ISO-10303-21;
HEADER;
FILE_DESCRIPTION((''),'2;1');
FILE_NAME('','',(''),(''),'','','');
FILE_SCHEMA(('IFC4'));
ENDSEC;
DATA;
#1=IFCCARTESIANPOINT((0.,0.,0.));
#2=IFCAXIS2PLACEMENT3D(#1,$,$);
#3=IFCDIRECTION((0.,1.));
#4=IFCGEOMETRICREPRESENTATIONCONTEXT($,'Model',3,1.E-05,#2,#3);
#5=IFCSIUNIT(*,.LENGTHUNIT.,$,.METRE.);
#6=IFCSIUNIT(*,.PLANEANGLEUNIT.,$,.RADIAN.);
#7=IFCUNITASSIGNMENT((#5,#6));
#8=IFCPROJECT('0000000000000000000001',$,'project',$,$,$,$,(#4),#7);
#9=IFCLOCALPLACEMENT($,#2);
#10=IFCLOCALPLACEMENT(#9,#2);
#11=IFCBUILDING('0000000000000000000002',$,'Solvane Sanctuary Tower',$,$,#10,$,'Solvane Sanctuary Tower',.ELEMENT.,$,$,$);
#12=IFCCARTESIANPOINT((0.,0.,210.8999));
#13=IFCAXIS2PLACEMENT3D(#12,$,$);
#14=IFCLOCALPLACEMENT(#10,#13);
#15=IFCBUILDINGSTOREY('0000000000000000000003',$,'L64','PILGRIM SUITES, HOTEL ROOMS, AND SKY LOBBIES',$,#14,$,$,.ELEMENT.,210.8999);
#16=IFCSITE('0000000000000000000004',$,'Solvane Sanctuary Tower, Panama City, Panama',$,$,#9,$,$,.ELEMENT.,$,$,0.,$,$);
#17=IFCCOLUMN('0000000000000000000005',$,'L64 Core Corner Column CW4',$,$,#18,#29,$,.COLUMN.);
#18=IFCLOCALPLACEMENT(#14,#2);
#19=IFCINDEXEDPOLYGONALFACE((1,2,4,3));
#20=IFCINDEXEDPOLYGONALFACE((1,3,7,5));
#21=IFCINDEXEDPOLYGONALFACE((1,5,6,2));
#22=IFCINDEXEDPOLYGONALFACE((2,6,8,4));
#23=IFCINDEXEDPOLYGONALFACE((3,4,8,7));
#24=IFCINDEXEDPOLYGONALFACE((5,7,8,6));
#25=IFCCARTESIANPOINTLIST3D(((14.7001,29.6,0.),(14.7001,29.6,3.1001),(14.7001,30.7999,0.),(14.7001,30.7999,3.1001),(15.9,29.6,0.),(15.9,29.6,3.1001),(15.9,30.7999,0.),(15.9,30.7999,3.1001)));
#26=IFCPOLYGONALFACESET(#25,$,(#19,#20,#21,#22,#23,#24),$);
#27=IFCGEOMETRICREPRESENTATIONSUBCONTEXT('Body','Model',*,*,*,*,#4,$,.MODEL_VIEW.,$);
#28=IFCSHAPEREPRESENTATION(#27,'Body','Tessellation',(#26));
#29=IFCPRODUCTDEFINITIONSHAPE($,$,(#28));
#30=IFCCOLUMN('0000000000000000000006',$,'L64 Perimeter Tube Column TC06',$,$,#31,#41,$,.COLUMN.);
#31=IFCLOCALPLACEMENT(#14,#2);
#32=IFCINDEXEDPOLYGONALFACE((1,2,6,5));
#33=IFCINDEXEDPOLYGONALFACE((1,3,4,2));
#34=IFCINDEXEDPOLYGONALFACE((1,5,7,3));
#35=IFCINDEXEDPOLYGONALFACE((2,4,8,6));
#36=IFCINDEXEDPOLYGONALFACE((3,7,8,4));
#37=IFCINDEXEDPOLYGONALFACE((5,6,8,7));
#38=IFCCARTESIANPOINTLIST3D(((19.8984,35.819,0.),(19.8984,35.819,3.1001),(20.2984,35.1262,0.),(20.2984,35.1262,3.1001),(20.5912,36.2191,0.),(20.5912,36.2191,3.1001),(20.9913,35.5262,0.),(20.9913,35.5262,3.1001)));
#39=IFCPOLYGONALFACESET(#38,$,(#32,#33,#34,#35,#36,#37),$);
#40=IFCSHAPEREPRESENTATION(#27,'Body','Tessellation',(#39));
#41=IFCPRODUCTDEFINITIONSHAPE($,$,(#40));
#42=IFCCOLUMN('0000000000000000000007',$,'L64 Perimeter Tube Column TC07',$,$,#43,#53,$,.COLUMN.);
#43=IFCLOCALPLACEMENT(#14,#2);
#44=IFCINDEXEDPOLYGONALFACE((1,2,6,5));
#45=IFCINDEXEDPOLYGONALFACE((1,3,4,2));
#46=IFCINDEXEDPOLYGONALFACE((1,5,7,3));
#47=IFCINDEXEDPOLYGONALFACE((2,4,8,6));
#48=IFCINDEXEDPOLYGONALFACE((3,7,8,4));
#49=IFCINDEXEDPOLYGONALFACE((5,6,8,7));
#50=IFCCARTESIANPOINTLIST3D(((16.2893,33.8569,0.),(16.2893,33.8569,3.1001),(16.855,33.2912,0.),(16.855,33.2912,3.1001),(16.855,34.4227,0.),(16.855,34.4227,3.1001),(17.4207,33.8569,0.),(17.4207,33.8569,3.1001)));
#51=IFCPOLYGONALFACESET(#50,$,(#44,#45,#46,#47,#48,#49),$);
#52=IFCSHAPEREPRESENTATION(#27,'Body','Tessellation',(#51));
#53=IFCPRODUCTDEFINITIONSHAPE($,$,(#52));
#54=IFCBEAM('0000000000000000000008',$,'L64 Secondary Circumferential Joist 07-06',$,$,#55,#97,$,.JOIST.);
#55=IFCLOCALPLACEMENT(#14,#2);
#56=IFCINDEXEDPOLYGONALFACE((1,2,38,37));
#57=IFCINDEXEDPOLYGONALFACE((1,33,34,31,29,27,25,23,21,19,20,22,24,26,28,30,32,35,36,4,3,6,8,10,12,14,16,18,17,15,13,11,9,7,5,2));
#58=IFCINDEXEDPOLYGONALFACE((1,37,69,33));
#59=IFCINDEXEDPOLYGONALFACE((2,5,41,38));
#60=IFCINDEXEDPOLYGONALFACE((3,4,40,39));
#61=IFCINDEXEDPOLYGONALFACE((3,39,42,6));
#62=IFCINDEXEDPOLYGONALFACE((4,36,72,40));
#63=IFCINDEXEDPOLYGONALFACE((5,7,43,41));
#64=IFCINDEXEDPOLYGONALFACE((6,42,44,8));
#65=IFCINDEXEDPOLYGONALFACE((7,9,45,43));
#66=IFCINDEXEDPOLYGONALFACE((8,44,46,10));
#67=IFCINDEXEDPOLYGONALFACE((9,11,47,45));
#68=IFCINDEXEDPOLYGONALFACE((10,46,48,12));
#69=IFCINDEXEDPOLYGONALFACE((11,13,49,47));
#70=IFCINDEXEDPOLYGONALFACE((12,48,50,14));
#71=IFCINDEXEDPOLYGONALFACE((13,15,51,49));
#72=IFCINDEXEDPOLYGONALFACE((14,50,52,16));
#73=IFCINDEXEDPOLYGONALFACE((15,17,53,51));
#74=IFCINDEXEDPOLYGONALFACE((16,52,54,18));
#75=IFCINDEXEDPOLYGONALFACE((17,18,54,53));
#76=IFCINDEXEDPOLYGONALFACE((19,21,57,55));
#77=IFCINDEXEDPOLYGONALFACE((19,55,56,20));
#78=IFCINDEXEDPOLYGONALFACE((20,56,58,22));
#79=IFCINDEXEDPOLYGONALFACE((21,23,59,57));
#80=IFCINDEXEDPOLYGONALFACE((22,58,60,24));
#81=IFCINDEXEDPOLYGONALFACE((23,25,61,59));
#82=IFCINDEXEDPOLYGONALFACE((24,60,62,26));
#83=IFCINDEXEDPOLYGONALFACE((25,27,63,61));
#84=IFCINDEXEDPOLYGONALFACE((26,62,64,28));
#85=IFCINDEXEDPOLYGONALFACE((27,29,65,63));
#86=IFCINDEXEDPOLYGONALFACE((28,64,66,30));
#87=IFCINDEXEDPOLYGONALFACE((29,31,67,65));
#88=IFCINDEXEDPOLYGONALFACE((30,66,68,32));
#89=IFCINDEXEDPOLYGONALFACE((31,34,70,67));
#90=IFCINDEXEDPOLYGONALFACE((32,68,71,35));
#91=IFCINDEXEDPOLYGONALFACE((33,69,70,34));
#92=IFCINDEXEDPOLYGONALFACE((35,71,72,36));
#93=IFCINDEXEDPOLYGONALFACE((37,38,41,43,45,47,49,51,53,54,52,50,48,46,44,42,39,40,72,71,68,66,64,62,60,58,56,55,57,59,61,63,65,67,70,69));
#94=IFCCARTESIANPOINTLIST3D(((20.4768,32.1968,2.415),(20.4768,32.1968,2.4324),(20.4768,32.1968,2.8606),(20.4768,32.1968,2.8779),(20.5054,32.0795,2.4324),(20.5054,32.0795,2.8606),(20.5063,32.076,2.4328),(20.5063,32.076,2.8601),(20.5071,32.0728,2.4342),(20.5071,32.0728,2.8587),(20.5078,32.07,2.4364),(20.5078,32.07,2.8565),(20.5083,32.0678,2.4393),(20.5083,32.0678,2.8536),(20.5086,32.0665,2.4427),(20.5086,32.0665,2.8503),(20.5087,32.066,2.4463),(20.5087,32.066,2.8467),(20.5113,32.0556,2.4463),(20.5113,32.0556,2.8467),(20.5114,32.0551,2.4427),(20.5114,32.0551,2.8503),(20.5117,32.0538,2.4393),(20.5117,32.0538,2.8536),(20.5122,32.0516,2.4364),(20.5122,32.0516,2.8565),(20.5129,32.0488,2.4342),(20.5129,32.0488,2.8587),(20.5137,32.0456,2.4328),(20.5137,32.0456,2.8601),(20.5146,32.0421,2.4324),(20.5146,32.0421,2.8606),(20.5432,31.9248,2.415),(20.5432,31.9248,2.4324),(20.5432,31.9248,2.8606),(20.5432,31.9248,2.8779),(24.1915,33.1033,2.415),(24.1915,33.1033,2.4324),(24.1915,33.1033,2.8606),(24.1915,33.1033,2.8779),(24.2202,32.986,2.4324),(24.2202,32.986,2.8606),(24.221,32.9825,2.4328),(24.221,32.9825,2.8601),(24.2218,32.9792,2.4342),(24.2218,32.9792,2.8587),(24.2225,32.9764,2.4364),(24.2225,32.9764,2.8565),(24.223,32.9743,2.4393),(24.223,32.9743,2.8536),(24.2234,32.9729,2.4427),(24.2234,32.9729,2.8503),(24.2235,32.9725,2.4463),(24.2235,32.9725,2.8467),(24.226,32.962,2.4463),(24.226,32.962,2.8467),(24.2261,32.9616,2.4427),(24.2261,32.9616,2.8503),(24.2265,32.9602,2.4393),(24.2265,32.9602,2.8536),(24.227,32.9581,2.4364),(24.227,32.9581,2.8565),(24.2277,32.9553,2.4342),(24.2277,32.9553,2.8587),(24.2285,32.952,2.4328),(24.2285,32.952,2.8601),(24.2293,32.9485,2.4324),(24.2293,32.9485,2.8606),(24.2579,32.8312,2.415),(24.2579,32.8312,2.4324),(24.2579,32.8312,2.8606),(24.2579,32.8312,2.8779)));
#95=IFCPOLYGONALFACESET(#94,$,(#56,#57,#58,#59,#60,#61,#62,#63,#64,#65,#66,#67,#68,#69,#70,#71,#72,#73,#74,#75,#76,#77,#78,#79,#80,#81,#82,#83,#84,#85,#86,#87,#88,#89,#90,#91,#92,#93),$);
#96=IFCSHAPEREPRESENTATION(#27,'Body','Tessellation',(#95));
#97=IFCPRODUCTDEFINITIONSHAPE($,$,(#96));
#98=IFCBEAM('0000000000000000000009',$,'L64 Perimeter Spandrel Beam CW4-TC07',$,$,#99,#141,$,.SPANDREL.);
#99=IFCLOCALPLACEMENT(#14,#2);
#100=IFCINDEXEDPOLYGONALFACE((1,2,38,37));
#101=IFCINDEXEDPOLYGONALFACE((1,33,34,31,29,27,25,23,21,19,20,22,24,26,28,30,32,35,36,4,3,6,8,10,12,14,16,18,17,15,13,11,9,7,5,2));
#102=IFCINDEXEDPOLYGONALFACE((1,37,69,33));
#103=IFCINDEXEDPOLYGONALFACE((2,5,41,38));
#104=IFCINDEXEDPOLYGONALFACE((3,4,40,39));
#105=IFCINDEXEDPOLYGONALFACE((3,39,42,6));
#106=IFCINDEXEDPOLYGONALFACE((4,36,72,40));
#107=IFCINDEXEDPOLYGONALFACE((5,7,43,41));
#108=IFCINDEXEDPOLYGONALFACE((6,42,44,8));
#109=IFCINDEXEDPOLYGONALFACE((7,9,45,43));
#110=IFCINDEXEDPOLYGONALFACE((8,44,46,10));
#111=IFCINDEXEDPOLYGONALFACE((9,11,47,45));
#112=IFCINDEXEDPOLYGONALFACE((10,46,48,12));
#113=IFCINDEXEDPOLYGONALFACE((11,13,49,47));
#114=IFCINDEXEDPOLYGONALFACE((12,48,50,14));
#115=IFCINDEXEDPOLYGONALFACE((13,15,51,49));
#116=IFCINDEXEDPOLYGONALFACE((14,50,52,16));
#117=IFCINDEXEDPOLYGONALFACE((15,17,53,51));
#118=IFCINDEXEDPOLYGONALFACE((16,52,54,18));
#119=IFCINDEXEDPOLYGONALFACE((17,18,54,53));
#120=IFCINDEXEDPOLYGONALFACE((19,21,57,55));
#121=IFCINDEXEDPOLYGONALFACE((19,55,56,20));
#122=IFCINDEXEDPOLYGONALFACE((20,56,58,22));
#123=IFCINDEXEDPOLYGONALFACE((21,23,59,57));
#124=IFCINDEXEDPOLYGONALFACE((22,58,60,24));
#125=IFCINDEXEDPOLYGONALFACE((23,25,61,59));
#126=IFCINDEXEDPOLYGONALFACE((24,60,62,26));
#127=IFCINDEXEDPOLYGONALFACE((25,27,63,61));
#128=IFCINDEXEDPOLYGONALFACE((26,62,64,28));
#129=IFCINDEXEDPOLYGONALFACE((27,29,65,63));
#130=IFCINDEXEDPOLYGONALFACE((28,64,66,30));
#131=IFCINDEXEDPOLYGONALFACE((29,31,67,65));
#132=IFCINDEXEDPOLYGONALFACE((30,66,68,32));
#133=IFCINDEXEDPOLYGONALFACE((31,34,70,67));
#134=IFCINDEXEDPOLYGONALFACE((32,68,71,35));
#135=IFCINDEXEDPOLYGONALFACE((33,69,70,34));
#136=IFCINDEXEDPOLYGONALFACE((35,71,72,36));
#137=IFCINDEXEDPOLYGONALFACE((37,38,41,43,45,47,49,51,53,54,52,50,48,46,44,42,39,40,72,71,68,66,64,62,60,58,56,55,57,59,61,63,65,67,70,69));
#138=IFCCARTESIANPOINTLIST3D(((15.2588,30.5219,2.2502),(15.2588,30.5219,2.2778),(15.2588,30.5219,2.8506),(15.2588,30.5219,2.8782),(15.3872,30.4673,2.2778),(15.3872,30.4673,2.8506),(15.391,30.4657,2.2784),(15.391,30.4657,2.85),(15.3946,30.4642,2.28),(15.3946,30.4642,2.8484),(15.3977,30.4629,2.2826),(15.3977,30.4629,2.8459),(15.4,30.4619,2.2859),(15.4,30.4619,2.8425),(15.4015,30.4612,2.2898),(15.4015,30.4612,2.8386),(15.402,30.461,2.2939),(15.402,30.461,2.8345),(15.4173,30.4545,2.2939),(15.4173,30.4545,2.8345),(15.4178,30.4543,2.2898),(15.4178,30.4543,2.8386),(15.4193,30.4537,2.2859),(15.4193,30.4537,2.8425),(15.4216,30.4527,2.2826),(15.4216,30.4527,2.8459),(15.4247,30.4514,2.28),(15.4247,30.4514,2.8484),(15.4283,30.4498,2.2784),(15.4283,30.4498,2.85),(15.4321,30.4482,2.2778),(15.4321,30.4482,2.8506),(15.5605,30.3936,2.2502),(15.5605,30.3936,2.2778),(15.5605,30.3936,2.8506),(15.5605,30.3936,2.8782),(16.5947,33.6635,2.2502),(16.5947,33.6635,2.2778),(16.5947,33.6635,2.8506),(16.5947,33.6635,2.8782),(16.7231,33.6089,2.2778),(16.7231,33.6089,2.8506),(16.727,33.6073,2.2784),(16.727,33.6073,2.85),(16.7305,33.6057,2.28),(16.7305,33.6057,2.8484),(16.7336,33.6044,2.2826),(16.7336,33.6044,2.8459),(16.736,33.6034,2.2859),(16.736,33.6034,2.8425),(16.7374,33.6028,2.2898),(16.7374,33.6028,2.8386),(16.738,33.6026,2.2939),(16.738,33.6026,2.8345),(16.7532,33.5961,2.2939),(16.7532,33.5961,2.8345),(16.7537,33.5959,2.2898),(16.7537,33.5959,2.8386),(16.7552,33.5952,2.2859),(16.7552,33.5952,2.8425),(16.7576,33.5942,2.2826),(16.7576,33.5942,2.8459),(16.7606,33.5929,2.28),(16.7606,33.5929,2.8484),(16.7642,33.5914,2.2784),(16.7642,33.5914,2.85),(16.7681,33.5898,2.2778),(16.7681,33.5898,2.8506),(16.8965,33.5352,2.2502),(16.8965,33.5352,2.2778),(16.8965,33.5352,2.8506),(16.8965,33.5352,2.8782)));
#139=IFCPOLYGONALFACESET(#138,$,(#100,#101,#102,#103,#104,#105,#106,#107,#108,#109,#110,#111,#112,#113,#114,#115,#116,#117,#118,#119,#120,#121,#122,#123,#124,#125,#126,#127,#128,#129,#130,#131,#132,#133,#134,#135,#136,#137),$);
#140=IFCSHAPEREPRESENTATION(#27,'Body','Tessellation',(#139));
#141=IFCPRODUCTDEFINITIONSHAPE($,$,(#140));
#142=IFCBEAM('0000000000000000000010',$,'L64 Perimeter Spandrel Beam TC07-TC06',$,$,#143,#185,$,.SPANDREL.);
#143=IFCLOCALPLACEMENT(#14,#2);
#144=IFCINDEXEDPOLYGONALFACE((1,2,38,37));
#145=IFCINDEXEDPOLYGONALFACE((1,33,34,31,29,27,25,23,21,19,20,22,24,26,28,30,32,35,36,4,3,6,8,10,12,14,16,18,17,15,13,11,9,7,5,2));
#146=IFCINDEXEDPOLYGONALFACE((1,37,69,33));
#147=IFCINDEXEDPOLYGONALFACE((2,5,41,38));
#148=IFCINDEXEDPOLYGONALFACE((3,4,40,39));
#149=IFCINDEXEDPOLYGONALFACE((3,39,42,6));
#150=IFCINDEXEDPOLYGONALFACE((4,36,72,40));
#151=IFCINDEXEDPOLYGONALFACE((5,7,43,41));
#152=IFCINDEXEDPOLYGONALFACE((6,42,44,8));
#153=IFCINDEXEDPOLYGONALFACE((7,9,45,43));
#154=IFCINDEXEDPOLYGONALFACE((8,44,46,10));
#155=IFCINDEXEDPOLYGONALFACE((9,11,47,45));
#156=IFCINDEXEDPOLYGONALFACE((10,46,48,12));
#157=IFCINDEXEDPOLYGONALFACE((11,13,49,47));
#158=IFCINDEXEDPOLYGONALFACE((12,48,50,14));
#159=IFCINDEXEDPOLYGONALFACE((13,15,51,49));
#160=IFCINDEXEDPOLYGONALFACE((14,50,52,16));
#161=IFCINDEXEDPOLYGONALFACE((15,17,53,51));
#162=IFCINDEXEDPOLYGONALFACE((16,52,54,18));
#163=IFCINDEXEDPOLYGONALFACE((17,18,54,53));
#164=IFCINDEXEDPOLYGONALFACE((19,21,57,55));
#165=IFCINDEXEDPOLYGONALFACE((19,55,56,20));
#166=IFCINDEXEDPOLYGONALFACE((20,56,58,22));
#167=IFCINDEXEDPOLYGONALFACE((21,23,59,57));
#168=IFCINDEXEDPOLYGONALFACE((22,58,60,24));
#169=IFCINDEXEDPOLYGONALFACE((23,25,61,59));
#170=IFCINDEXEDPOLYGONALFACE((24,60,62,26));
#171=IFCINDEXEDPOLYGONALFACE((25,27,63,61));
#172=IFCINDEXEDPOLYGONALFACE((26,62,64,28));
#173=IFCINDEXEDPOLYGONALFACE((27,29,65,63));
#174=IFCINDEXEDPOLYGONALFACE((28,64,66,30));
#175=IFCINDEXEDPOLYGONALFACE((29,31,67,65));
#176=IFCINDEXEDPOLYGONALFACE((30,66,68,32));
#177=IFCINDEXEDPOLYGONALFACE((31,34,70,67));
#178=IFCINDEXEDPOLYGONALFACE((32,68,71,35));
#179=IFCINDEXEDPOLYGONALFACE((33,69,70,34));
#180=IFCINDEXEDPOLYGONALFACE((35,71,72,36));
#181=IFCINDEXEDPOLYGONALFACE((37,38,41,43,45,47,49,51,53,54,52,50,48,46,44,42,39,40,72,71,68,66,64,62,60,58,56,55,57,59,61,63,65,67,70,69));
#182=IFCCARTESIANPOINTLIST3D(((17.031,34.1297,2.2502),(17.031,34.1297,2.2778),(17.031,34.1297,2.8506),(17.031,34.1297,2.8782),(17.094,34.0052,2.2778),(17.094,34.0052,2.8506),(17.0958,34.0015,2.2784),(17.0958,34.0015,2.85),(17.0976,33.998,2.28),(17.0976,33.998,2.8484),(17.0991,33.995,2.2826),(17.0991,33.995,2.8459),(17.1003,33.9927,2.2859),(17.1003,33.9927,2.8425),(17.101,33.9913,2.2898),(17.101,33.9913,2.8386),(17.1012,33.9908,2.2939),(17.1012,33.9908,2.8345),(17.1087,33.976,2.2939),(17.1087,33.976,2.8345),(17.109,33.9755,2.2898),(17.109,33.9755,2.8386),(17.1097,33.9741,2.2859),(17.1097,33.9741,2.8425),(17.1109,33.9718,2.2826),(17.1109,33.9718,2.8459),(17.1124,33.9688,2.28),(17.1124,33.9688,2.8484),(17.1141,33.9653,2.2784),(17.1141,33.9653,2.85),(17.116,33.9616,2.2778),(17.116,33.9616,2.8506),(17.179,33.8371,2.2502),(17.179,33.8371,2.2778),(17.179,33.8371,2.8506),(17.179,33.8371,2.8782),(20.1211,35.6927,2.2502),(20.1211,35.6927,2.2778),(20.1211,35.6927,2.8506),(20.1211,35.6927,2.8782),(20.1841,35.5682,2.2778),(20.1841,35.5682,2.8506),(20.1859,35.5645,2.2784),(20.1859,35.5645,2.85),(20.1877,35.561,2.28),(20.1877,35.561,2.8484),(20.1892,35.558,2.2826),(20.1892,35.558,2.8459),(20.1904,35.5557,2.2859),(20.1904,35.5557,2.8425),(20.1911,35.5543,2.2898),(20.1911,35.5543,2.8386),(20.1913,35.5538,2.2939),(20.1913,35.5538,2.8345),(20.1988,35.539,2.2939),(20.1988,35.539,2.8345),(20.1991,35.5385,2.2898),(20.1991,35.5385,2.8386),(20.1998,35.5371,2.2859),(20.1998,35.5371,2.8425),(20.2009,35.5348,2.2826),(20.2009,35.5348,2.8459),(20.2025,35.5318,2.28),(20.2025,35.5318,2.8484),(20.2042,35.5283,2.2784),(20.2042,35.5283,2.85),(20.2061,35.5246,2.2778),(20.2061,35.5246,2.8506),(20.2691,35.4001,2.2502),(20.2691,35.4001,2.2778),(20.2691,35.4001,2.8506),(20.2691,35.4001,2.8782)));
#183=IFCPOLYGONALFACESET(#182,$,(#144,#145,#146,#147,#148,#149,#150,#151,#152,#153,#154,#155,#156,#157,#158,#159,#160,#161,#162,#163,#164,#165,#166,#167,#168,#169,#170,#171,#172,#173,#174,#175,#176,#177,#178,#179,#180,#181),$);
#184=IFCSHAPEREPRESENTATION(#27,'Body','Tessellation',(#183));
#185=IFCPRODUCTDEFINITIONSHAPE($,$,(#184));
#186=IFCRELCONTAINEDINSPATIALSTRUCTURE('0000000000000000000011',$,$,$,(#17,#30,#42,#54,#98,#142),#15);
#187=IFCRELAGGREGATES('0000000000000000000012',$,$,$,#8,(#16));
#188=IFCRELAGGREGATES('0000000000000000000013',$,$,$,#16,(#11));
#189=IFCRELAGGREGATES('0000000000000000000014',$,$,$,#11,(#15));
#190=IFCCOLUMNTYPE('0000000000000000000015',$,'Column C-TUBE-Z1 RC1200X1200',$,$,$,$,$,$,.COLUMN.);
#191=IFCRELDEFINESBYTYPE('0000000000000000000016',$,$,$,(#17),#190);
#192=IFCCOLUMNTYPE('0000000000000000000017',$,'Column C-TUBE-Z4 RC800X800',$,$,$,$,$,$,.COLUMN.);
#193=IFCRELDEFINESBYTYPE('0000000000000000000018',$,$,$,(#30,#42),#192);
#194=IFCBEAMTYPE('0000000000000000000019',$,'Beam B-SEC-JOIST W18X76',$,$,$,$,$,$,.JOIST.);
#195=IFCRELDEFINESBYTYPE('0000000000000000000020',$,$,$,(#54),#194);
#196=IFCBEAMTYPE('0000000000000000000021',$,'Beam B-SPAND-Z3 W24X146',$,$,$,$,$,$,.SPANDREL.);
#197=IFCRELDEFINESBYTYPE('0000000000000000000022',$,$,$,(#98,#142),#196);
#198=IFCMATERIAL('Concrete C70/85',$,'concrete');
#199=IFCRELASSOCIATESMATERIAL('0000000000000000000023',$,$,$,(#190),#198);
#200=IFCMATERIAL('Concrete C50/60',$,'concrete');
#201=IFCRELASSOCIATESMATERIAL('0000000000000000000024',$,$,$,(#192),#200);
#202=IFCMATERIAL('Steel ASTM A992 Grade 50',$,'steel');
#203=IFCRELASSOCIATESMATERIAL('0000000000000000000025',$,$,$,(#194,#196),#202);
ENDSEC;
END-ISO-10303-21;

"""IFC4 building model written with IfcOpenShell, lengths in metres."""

from ifc_helpers import new_model, si_unit, direction, frame, origin, origin_2d, place, context, subcontext, project, spatial, rectangle, i_section, extrude, material, material_profile, profile_set, type_object, element, save


model = new_model("IFC4")

# Units and contexts
model_context = context("Model", 3, precision=1e-05, world=origin(), true_north=direction((0.0, 1.0)))
body_context = subcontext(model_context, "Body", "Model", "MODEL_VIEW")
ifc_project = project(units=[si_unit("LENGTHUNIT", "METRE"), si_unit("PLANEANGLEUNIT", "RADIAN")], contexts=[model_context])

# Site, building, storey
site_placement = place(None, origin())
site = spatial("IfcSite", under=ifc_project, at=site_placement, Name="Solvane Sanctuary Tower, Panama City, Panama", CompositionType="ELEMENT", RefElevation=0.0)
building_placement = place(site_placement, origin())
building = spatial("IfcBuilding", under=site, at=building_placement, Name="Solvane Sanctuary Tower", LongName="Solvane Sanctuary Tower", CompositionType="ELEMENT")
storey_placement = place(building_placement, frame((0.0, 0.0, 210.8999)))
storey = spatial("IfcBuildingStorey", under=building, at=storey_placement, Name="L64", Description="PILGRIM SUITES, HOTEL ROOMS, AND SKY LOBBIES", CompositionType="ELEMENT", Elevation=210.8999)

# Columns
ifc_material_1 = material(Name="Concrete C70/85", Category="concrete")
ifc_material_profile_1 = material_profile(ifc_material_1, rectangle(XDim=1.2, YDim=1.2, at=origin_2d()), Name="RC1200X1200")
ifc_profile_set_1 = profile_set([ifc_material_profile_1], Name="Concrete C70/85")
column_type_1 = type_object("IfcColumnType", Name="Column C-TUBE-Z1 RC1200X1200", PredefinedType="COLUMN", material=ifc_profile_set_1)
column_placement = place(storey_placement, frame((15.3, 30.2, 0.0), z_axis=(0.0, 0.0, 1.0), x_axis=(1.0, 0.0, 0.0)))
element("IfcColumn", 1, at=column_placement, inside=storey, type_object=column_type_1, Name="L64 Core Corner Column CW4", PredefinedType="COLUMN", context=body_context, shape_type="SweptSolid", body=[
    extrude(rectangle(XDim=1.2, YDim=1.2, at=origin_2d()), origin(), (0.0, 0.0, 1.0), 3.1001),
])
ifc_material_2 = material(Name="Concrete C50/60", Category="concrete")
ifc_material_profile_2 = material_profile(ifc_material_2, rectangle(XDim=0.8, YDim=0.8, at=origin_2d()), Name="RC800X800")
ifc_profile_set_2 = profile_set([ifc_material_profile_2], Name="Concrete C50/60")
column_type_2 = type_object("IfcColumnType", Name="Column C-TUBE-Z4 RC800X800", PredefinedType="COLUMN", material=ifc_profile_set_2)
for number, where, z_axis, x_axis, name in (
    (2, (20.4448, 35.6726, 0.0), (0.0, 0.0, 1.0), (-0.5, 0.866025, 0.0), "L64 Perimeter Tube Column TC06"),
    (3, (16.855, 33.8569, 0.0), (0.0, 0.0, 1.0), (-0.707107, 0.707107, 0.0), "L64 Perimeter Tube Column TC07"),
):
    element("IfcColumn", number, at=place(storey_placement, frame(where, z_axis=z_axis, x_axis=x_axis)), inside=storey, type_object=column_type_2, Name=name, PredefinedType="COLUMN", context=body_context, shape_type="SweptSolid", body=[
        extrude(rectangle(XDim=0.8, YDim=0.8, at=origin_2d()), origin(), (0.0, 0.0, 1.0), 3.1001),
    ])

# Beams
ifc_material_3 = material(Name="Steel ASTM A992 Grade 50", Category="steel")
ifc_material_profile_3 = material_profile(ifc_material_3, i_section(OverallWidth=0.28, OverallDepth=0.4629, WebThickness=0.0107, FlangeThickness=0.0173, FilletRadius=0.0139, at=origin_2d()), Name="W18X76")
ifc_profile_set_3 = profile_set([ifc_material_profile_3], Name="Steel ASTM A992 Grade 50")
beam_type_1 = type_object("IfcBeamType", Name="Beam B-SEC-JOIST W18X76", PredefinedType="JOIST", material=ifc_profile_set_3)
beam_1_placement = place(storey_placement, frame((20.51, 32.0608, 2.6465), z_axis=(0.971494, 0.237063, 0.0), x_axis=(-0.237063, 0.971494, 0.0)))
element("IfcBeam", 4, at=beam_1_placement, inside=storey, type_object=beam_type_1, Name="L64 Secondary Circumferential Joist 07-06", PredefinedType="JOIST", context=body_context, shape_type="SweptSolid", body=[
    extrude(i_section(OverallWidth=0.28, OverallDepth=0.4629, WebThickness=0.0107, FlangeThickness=0.0173, FilletRadius=0.0139, at=origin_2d()), origin(), (0.0, 0.0, 1.0), 3.8237),
])
ifc_material_profile_4 = material_profile(ifc_material_3, i_section(OverallWidth=0.3279, OverallDepth=0.6279, WebThickness=0.0166, FlangeThickness=0.0276, FilletRadius=0.0161, at=origin_2d()), Name="W24X146")
ifc_profile_set_4 = profile_set([ifc_material_profile_4], Name="Steel ASTM A992 Grade 50")
beam_type_2 = type_object("IfcBeamType", Name="Beam B-SPAND-Z3 W24X146", PredefinedType="SPANDREL", material=ifc_profile_set_4)
beam_2_placement = place(storey_placement, frame((15.4097, 30.4578, 2.5642), z_axis=(0.391328, 0.920251, 0.0), x_axis=(-0.920251, 0.391328, 0.0)))
element("IfcBeam", 5, at=beam_2_placement, inside=storey, type_object=beam_type_2, Name="L64 Perimeter Spandrel Beam CW4-TC07", PredefinedType="SPANDREL", context=body_context, shape_type="SweptSolid", body=[
    extrude(i_section(OverallWidth=0.3279, OverallDepth=0.6279, WebThickness=0.0166, FlangeThickness=0.0276, FilletRadius=0.0161, at=origin_2d()), origin(), (0.0, 0.0, 1.0), 3.4138),
])
beam_3_placement = place(storey_placement, frame((17.105, 33.9834, 2.5642), z_axis=(0.892345, 0.451354, 0.0), x_axis=(-0.451354, 0.892345, 0.0)))
element("IfcBeam", 6, at=beam_3_placement, inside=storey, type_object=beam_type_2, Name="L64 Perimeter Spandrel Beam TC07-TC06", PredefinedType="SPANDREL", context=body_context, shape_type="SweptSolid", body=[
    extrude(i_section(OverallWidth=0.3279, OverallDepth=0.6279, WebThickness=0.0166, FlangeThickness=0.0276, FilletRadius=0.0161, at=origin_2d()), origin(), (0.0, 0.0, 1.0), 3.4629),
])

save(model, "model.ifc")
